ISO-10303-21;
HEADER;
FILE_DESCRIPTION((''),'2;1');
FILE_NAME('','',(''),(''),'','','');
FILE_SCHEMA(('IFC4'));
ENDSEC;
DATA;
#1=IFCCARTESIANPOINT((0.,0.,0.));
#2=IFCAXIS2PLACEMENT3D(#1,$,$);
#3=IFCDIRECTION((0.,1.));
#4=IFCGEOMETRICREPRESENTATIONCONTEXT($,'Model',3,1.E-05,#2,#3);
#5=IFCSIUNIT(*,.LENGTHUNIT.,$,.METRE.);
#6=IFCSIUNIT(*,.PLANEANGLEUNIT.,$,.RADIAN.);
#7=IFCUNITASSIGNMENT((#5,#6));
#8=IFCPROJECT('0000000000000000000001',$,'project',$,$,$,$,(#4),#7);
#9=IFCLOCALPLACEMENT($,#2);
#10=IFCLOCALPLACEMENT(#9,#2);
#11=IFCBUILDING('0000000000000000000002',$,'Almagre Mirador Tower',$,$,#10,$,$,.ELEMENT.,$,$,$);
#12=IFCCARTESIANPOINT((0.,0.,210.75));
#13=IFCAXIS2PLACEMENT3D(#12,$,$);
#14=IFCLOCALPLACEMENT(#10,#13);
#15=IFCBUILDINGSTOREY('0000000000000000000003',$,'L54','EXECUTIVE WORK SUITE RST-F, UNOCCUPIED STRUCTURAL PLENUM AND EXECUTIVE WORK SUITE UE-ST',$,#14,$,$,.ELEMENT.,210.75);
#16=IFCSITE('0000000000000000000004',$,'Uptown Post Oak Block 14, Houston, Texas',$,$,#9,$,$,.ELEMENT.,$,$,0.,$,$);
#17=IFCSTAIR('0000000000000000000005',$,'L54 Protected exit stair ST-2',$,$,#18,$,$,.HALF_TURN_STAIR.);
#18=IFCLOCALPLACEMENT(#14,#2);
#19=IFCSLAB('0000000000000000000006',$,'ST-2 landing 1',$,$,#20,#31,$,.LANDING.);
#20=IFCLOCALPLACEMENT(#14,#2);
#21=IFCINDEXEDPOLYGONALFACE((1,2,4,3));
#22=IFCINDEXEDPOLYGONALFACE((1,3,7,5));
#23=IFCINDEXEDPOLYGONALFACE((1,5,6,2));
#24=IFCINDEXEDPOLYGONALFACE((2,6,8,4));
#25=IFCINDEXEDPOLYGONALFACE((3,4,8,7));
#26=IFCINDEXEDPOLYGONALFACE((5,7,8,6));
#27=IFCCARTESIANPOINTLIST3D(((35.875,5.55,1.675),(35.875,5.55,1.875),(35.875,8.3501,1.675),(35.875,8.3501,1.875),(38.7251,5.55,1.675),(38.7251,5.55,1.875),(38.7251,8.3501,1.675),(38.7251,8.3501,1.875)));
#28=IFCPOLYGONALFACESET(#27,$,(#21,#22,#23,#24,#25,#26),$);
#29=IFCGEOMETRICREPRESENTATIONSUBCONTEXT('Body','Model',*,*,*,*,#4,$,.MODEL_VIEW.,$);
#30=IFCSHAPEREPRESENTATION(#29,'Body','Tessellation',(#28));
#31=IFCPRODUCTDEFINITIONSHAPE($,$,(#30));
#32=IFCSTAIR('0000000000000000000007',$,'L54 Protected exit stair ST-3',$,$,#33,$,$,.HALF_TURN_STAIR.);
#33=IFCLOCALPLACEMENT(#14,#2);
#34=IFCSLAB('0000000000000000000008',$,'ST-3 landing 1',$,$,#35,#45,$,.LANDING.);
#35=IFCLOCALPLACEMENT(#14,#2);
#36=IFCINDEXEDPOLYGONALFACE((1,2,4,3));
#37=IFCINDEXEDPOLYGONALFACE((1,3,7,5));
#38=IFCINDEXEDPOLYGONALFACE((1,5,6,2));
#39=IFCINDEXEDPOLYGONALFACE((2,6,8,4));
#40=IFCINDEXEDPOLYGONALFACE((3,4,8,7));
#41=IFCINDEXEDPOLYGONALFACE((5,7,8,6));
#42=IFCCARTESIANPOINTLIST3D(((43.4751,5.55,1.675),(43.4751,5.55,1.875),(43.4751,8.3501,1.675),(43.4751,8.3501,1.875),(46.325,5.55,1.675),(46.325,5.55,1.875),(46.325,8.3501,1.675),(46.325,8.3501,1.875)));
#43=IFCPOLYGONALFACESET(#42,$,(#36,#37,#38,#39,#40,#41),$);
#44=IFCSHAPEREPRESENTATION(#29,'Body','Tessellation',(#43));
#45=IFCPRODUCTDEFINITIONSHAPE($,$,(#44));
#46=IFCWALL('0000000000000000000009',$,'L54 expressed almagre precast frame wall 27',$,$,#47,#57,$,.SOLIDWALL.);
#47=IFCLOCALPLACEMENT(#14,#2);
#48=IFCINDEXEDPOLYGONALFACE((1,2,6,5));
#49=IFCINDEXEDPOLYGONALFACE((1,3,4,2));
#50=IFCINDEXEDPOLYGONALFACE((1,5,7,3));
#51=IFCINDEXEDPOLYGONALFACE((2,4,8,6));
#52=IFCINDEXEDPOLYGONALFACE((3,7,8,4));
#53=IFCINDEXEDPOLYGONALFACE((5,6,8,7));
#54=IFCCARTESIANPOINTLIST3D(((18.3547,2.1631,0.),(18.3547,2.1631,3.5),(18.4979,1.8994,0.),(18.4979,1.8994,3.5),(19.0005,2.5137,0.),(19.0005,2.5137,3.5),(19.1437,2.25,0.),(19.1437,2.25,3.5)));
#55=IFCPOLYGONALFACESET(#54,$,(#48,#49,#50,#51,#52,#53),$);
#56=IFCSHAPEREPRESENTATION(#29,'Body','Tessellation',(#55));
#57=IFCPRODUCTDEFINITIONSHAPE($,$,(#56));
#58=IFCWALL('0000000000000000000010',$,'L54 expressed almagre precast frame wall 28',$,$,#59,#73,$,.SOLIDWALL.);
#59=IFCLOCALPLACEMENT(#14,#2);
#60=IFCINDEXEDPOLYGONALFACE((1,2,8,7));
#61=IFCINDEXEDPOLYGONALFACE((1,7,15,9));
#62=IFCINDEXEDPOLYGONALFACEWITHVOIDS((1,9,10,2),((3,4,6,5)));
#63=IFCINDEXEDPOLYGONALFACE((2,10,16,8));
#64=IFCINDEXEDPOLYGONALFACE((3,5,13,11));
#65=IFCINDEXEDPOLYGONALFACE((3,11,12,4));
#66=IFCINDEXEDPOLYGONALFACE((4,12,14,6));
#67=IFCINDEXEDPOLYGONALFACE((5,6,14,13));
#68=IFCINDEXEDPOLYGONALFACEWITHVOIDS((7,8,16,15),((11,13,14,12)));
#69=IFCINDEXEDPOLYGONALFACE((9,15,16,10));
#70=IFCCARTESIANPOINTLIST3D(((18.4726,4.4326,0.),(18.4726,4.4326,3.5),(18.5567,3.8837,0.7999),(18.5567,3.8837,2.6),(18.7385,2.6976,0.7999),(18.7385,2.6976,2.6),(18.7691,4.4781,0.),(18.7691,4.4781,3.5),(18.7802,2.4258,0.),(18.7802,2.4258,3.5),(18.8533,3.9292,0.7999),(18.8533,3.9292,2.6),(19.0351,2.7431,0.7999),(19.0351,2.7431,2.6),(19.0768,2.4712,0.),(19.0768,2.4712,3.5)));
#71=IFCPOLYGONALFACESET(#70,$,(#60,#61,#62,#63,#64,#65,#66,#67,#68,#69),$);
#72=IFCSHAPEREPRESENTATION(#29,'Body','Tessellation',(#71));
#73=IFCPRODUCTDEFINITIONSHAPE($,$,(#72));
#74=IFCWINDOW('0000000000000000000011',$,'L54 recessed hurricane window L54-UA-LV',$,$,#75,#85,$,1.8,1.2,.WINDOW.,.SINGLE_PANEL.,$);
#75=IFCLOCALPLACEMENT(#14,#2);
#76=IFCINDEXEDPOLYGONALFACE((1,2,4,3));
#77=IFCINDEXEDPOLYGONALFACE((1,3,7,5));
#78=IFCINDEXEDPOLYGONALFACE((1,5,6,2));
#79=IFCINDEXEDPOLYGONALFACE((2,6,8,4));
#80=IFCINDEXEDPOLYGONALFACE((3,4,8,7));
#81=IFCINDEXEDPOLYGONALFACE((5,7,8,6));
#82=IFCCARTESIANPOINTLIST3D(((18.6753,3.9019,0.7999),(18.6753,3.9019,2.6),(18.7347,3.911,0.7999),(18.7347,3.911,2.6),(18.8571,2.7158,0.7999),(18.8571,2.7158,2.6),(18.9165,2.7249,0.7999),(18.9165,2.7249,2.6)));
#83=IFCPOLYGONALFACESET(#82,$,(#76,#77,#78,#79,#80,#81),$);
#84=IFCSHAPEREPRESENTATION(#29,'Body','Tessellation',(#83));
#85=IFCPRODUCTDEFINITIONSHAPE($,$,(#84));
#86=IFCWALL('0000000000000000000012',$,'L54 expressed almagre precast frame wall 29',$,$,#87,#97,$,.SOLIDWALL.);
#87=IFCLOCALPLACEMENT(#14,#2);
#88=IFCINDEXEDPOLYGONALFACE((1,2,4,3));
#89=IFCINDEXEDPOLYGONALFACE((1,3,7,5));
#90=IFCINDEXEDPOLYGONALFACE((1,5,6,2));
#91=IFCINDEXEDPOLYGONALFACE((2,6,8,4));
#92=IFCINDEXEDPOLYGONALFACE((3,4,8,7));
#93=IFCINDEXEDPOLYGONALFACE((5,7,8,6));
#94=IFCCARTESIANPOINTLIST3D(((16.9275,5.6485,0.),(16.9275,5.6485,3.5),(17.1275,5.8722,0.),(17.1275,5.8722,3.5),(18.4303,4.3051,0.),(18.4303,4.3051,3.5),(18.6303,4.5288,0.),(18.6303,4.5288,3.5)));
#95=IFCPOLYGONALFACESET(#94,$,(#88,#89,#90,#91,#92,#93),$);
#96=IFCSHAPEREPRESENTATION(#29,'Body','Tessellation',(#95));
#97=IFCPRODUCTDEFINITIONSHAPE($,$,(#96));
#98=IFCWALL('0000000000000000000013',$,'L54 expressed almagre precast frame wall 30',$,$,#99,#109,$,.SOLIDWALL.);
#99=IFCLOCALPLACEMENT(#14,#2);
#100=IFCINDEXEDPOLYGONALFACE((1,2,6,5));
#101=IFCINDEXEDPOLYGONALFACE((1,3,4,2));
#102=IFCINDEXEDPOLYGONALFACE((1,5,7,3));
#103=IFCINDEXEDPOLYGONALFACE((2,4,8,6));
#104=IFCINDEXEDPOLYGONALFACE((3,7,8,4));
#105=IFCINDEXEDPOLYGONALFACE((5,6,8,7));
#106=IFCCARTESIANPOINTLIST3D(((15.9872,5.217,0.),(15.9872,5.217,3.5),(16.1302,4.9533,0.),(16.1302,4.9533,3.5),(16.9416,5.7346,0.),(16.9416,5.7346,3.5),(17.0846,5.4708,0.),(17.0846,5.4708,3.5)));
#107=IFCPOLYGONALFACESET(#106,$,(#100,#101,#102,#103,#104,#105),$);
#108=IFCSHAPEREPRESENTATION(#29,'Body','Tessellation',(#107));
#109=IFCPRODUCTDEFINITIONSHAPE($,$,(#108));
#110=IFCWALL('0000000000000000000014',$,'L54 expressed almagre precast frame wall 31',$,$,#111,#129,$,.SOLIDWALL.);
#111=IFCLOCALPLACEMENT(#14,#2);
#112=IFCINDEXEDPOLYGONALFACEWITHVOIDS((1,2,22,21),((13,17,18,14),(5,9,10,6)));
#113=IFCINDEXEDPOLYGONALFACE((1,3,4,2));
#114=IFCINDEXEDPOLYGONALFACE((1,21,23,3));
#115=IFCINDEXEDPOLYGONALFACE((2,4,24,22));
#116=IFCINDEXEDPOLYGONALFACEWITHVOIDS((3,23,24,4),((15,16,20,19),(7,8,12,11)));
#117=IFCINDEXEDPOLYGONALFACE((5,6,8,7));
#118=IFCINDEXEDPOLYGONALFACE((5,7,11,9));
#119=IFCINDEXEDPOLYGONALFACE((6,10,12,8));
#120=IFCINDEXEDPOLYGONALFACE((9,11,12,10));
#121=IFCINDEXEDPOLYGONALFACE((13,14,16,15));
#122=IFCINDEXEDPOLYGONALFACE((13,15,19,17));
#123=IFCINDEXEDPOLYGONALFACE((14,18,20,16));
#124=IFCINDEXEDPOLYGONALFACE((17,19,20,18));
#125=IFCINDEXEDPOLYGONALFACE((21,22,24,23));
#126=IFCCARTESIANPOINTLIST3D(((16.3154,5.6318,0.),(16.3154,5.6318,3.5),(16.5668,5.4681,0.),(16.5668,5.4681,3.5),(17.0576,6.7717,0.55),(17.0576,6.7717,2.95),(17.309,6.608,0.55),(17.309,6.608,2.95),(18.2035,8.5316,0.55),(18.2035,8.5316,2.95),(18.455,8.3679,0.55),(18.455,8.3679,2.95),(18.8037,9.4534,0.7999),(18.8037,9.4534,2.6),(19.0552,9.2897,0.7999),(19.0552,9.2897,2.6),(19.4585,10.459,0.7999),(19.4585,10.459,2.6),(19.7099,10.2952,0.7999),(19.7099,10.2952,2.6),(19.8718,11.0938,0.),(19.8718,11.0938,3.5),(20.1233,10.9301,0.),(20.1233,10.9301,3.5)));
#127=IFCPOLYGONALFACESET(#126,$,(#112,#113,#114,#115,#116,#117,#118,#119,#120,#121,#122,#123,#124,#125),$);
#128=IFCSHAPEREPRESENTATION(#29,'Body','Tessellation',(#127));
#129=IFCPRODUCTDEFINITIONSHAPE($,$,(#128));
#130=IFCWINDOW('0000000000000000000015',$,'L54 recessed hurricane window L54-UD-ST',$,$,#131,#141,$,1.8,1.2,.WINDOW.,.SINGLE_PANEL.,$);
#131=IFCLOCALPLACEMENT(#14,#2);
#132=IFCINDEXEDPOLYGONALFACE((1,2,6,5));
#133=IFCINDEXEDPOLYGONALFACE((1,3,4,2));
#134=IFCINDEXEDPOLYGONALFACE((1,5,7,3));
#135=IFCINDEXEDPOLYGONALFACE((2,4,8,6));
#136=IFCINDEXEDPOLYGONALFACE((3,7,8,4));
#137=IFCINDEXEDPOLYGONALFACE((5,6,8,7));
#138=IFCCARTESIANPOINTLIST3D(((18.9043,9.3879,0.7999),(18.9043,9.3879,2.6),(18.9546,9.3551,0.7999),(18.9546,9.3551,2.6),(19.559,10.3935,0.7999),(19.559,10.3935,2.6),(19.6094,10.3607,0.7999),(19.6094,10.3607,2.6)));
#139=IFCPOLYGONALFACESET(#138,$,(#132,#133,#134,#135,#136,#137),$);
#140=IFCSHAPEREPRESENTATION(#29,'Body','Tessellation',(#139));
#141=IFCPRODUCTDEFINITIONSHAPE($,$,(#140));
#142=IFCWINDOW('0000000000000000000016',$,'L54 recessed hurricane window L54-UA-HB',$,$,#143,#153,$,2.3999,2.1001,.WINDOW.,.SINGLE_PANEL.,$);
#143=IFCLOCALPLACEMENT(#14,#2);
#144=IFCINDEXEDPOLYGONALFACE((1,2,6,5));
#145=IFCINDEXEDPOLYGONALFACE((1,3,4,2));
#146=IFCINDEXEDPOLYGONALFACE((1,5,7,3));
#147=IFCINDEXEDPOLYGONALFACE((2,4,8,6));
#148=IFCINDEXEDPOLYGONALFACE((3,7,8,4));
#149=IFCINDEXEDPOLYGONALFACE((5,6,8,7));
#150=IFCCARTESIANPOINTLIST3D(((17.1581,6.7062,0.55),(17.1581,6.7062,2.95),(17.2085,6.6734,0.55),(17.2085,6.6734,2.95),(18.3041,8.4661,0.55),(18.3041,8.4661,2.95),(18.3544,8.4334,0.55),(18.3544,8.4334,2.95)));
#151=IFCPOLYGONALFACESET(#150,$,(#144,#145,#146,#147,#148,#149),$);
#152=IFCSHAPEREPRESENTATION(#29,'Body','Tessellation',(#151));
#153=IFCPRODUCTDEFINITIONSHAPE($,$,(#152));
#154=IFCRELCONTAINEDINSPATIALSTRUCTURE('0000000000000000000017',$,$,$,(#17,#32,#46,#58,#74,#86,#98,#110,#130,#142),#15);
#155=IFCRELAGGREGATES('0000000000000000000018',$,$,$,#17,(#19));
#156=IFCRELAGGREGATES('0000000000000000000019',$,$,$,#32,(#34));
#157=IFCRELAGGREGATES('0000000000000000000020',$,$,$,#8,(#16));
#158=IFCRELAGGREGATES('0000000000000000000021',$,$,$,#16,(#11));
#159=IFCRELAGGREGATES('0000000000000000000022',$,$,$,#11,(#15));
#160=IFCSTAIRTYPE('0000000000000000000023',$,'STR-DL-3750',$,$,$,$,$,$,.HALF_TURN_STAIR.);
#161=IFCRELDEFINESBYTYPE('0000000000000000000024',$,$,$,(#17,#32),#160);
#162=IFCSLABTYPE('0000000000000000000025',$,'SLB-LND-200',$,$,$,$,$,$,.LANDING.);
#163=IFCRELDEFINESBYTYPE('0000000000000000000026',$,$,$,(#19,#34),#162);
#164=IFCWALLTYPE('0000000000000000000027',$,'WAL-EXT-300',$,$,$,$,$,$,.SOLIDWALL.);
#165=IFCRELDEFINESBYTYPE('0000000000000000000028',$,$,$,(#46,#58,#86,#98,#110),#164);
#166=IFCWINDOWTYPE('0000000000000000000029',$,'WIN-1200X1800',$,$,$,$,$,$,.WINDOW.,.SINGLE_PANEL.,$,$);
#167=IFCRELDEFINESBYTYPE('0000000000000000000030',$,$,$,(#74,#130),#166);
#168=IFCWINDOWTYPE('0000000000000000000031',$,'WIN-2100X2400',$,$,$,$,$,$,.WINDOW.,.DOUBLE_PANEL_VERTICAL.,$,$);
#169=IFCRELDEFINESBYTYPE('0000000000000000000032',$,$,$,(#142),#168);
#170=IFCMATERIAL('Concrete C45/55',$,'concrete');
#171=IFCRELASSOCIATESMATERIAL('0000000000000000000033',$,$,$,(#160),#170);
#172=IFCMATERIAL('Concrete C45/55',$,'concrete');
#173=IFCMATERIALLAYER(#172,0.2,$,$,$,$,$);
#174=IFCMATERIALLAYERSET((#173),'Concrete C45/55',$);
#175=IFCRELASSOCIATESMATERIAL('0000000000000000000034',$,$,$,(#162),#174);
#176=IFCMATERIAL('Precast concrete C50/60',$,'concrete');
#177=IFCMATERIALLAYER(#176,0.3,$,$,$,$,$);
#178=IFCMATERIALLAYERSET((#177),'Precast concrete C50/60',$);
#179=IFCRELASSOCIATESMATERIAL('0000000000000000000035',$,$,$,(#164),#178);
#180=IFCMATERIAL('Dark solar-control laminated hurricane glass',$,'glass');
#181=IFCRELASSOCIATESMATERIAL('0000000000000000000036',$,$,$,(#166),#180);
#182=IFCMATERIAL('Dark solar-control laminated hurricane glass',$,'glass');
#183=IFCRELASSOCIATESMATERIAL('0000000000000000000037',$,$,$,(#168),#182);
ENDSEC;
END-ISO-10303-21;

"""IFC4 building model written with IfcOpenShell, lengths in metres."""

from ifc_helpers import new_model, si_unit, direction, frame, frame_2d, origin, place, context, subcontext, project, spatial, polyline, rectangle, outline, extrude, material, layer, layer_set, type_object, element, fill, aggregate, save


model = new_model("IFC4")

# Units and contexts
model_context = context("Model", 3, precision=1e-05, world=origin(), true_north=direction((0.0, 1.0)))
body_context = subcontext(model_context, "Body", "Model", "MODEL_VIEW")
ifc_project = project(units=[si_unit("LENGTHUNIT", "METRE"), si_unit("PLANEANGLEUNIT", "RADIAN")], contexts=[model_context])

# Site, building, storey
site_placement = place(None, origin())
site = spatial("IfcSite", under=ifc_project, at=site_placement, Name="Uptown Post Oak Block 14, Houston, Texas", CompositionType="ELEMENT", RefElevation=0.0)
building_placement = place(site_placement, origin())
building = spatial("IfcBuilding", under=site, at=building_placement, Name="Almagre Mirador Tower", CompositionType="ELEMENT")
storey_placement = place(building_placement, frame((0.0, 0.0, 210.75)))
storey = spatial("IfcBuildingStorey", under=building, at=storey_placement, Name="L54", Description="EXECUTIVE WORK SUITE RST-F, UNOCCUPIED STRUCTURAL PLENUM AND EXECUTIVE WORK SUITE UE-ST", CompositionType="ELEMENT", Elevation=210.75)

# Stairs, slabs
ifc_material_1 = material(Name="Concrete C45/55", Category="concrete")
stair_type = type_object("IfcStairType", Name="STR-DL-3750", PredefinedType="HALF_TURN_STAIR", material=ifc_material_1)
ifc_material_2 = material(Name="Concrete C45/55", Category="concrete")
ifc_layer_1 = layer(ifc_material_2, 0.2)
ifc_layer_set_1 = layer_set([ifc_layer_1], Name="Concrete C45/55")
slab_type_1 = type_object("IfcSlabType", Name="SLB-LND-200", PredefinedType="LANDING", material=ifc_layer_set_1)
stair_1_placement = place(storey_placement, origin())
stair_1 = element("IfcStair", 1, at=stair_1_placement, inside=storey, type_object=stair_type, Name="L54 Protected exit stair ST-2", PredefinedType="HALF_TURN_STAIR")
slab_1_placement = place(storey_placement, frame((0.0, 0.0, 1.675)))
slab_1 = element("IfcSlab", 2, at=slab_1_placement, type_object=slab_type_1, Name="ST-2 landing 1", PredefinedType="LANDING", context=body_context, shape_type="SweptSolid", body=[
    extrude(outline(polyline([(35.875, 8.3501), (35.875, 5.55), (38.7251, 5.55), (38.7251, 8.3501), (35.875, 8.3501)])), origin(), (0.0, 0.0, 1.0), 0.2),
])
aggregate(stair_1, [slab_1])
stair_2_placement = place(storey_placement, origin())
stair_2 = element("IfcStair", 3, at=stair_2_placement, inside=storey, type_object=stair_type, Name="L54 Protected exit stair ST-3", PredefinedType="HALF_TURN_STAIR")
slab_2_placement = place(storey_placement, frame((0.0, 0.0, 1.675)))
slab_2 = element("IfcSlab", 4, at=slab_2_placement, type_object=slab_type_1, Name="ST-3 landing 1", PredefinedType="LANDING", context=body_context, shape_type="SweptSolid", body=[
    extrude(outline(polyline([(43.4751, 8.3501), (43.4751, 5.55), (46.325, 5.55), (46.325, 8.3501), (43.4751, 8.3501)])), origin(), (0.0, 0.0, 1.0), 0.2),
])
aggregate(stair_2, [slab_2])

# Wall
ifc_material_3 = material(Name="Precast concrete C50/60", Category="concrete")
ifc_layer_2 = layer(ifc_material_3, 0.3)
ifc_layer_set_2 = layer_set([ifc_layer_2], Name="Precast concrete C50/60")
wall_type_1 = type_object("IfcWallType", Name="WAL-EXT-300", PredefinedType="SOLIDWALL", material=ifc_layer_set_2)
wall_1_placement = place(storey_placement, frame((18.4263, 2.0312, 0.0), z_axis=(0.0, 0.0, 1.0), x_axis=(0.878834, 0.477129, 0.0)))
element("IfcWall", 5, at=wall_1_placement, inside=storey, type_object=wall_type_1, Name="L54 expressed almagre precast frame wall 27", PredefinedType="SOLIDWALL", context=body_context, shape_type="SweptSolid", body=[
    extrude(rectangle(XDim=0.7349, YDim=0.3, at=frame_2d((0.3674, 0.0))), origin(), (0.0, 0.0, 1.0), 3.5),
])

# Wall, opening, window
wall_2_placement = place(storey_placement, frame((18.9285, 2.4485, 0.0), z_axis=(0.0, 0.0, 1.0), x_axis=(-0.151515, 0.988455, 0.0)))
wall_2 = element("IfcWall", 6, at=wall_2_placement, inside=storey, type_object=wall_type_1, Name="L54 expressed almagre precast frame wall 28", PredefinedType="SOLIDWALL", context=body_context, shape_type="SweptSolid", body=[
    extrude(rectangle(XDim=2.0303, YDim=0.3, at=frame_2d((1.0151, 0.0))), origin(), (0.0, 0.0, 1.0), 3.5),
])
opening_1_placement = place(wall_2_placement, frame((0.2749, 0.0, 0.8)))
opening_1 = element("IfcOpeningElement", 7, at=opening_1_placement, cuts=wall_2, PredefinedType="OPENING", context=body_context, shape_type="SweptSolid", body=[
    extrude(rectangle(XDim=1.2, YDim=1.8, at=frame_2d((0.6001, 0.8999))), frame((0.0, 0.1599, 0.0), z_axis=(0.0, -1.0, 0.0), x_axis=(1.0, 0.0, 0.0)), (0.0, 0.0, 1.0), 0.32),
])
ifc_material_4 = material(Name="Dark solar-control laminated hurricane glass", Category="glass")
window_type_1 = type_object("IfcWindowType", Name="WIN-1200X1800", PartitioningType="SINGLE_PANEL", PredefinedType="WINDOW", material=ifc_material_4)
window_1_placement = place(opening_1_placement, origin())
window_1 = element("IfcWindow", 8, at=window_1_placement, inside=storey, type_object=window_type_1, Name="L54 recessed hurricane window L54-UA-LV", OverallHeight=1.8, OverallWidth=1.2, PartitioningType="SINGLE_PANEL", PredefinedType="WINDOW", context=body_context, shape_type="SweptSolid", body=[
    extrude(rectangle(XDim=1.2, YDim=1.8, at=frame_2d((0.6001, 0.8999))), frame((0.0, 0.03, 0.0), z_axis=(0.0, -1.0, 0.0), x_axis=(1.0, 0.0, 0.0)), (0.0, 0.0, 1.0), 0.0601),
])
fill(opening_1, window_1)

# Walls
wall_3_placement = place(storey_placement, frame((18.5303, 4.417, 0.0), z_axis=(0.0, 0.0, 1.0), x_axis=(-0.745549, 0.666451, 0.0)))
element("IfcWall", 9, at=wall_3_placement, inside=storey, type_object=wall_type_1, Name="L54 expressed almagre precast frame wall 29", PredefinedType="SOLIDWALL", context=body_context, shape_type="SweptSolid", body=[
    extrude(rectangle(XDim=2.0156, YDim=0.3, at=frame_2d((1.0078, 0.0))), origin(), (0.0, 0.0, 1.0), 3.5),
])
wall_4_placement = place(storey_placement, frame((17.0132, 5.6028, 0.0), z_axis=(0.0, 0.0, 1.0), x_axis=(-0.879045, -0.476739, 0.0)))
element("IfcWall", 10, at=wall_4_placement, inside=storey, type_object=wall_type_1, Name="L54 expressed almagre precast frame wall 30", PredefinedType="SOLIDWALL", context=body_context, shape_type="SweptSolid", body=[
    extrude(rectangle(XDim=1.0857, YDim=0.3, at=frame_2d((0.543, 0.0))), origin(), (0.0, 0.0, 1.0), 3.5),
])

# Wall, openings, windows
wall_5_placement = place(storey_placement, frame((16.4412, 5.55, 0.0), z_axis=(0.0, 0.0, 1.0), x_axis=(0.545652, 0.838012, 0.0)))
wall_5 = element("IfcWall", 11, at=wall_5_placement, inside=storey, type_object=wall_type_1, Name="L54 expressed almagre precast frame wall 31", PredefinedType="SOLIDWALL", context=body_context, shape_type="SweptSolid", body=[
    extrude(rectangle(XDim=6.5178, YDim=0.3, at=frame_2d((3.2588, 0.0))), origin(), (0.0, 0.0, 1.0), 3.5),
])
opening_2_placement = place(wall_5_placement, frame((1.3601, 0.0, 0.55)))
opening_2 = element("IfcOpeningElement", 12, at=opening_2_placement, cuts=wall_5, PredefinedType="OPENING", context=body_context, shape_type="SweptSolid", body=[
    extrude(rectangle(XDim=2.1001, YDim=2.3999, at=frame_2d((1.05, 1.2))), frame((0.0, 0.1599, 0.0), z_axis=(0.0, -1.0, 0.0), x_axis=(1.0, 0.0, 0.0)), (0.0, 0.0, 1.0), 0.32),
])
opening_3_placement = place(wall_5_placement, frame((4.5601, 0.0, 0.8)))
opening_3 = element("IfcOpeningElement", 13, at=opening_3_placement, cuts=wall_5, PredefinedType="OPENING", context=body_context, shape_type="SweptSolid", body=[
    extrude(rectangle(XDim=1.2, YDim=1.8, at=frame_2d((0.6001, 0.8999))), frame((0.0, 0.1599, 0.0), z_axis=(0.0, -1.0, 0.0), x_axis=(1.0, 0.0, 0.0)), (0.0, 0.0, 1.0), 0.32),
])
window_2_placement = place(opening_3_placement, origin())
window_2 = element("IfcWindow", 14, at=window_2_placement, inside=storey, type_object=window_type_1, Name="L54 recessed hurricane window L54-UD-ST", OverallHeight=1.8, OverallWidth=1.2, PartitioningType="SINGLE_PANEL", PredefinedType="WINDOW", context=body_context, shape_type="SweptSolid", body=[
    extrude(rectangle(XDim=1.2, YDim=1.8, at=frame_2d((0.6001, 0.8999))), frame((0.0, 0.03, 0.0), z_axis=(0.0, -1.0, 0.0), x_axis=(1.0, 0.0, 0.0)), (0.0, 0.0, 1.0), 0.0601),
])
fill(opening_3, window_2)
ifc_material_5 = material(Name="Dark solar-control laminated hurricane glass", Category="glass")
window_type_2 = type_object("IfcWindowType", Name="WIN-2100X2400", PartitioningType="DOUBLE_PANEL_VERTICAL", PredefinedType="WINDOW", material=ifc_material_5)
window_3_placement = place(opening_2_placement, origin())
window_3 = element("IfcWindow", 15, at=window_3_placement, inside=storey, type_object=window_type_2, Name="L54 recessed hurricane window L54-UA-HB", OverallHeight=2.3999, OverallWidth=2.1001, PartitioningType="SINGLE_PANEL", PredefinedType="WINDOW", context=body_context, shape_type="SweptSolid", body=[
    extrude(rectangle(XDim=2.1001, YDim=2.3999, at=frame_2d((1.05, 1.2))), frame((0.0, 0.03, 0.0), z_axis=(0.0, -1.0, 0.0), x_axis=(1.0, 0.0, 0.0)), (0.0, 0.0, 1.0), 0.0601),
])
fill(opening_2, window_3)

save(model, "model.ifc")
